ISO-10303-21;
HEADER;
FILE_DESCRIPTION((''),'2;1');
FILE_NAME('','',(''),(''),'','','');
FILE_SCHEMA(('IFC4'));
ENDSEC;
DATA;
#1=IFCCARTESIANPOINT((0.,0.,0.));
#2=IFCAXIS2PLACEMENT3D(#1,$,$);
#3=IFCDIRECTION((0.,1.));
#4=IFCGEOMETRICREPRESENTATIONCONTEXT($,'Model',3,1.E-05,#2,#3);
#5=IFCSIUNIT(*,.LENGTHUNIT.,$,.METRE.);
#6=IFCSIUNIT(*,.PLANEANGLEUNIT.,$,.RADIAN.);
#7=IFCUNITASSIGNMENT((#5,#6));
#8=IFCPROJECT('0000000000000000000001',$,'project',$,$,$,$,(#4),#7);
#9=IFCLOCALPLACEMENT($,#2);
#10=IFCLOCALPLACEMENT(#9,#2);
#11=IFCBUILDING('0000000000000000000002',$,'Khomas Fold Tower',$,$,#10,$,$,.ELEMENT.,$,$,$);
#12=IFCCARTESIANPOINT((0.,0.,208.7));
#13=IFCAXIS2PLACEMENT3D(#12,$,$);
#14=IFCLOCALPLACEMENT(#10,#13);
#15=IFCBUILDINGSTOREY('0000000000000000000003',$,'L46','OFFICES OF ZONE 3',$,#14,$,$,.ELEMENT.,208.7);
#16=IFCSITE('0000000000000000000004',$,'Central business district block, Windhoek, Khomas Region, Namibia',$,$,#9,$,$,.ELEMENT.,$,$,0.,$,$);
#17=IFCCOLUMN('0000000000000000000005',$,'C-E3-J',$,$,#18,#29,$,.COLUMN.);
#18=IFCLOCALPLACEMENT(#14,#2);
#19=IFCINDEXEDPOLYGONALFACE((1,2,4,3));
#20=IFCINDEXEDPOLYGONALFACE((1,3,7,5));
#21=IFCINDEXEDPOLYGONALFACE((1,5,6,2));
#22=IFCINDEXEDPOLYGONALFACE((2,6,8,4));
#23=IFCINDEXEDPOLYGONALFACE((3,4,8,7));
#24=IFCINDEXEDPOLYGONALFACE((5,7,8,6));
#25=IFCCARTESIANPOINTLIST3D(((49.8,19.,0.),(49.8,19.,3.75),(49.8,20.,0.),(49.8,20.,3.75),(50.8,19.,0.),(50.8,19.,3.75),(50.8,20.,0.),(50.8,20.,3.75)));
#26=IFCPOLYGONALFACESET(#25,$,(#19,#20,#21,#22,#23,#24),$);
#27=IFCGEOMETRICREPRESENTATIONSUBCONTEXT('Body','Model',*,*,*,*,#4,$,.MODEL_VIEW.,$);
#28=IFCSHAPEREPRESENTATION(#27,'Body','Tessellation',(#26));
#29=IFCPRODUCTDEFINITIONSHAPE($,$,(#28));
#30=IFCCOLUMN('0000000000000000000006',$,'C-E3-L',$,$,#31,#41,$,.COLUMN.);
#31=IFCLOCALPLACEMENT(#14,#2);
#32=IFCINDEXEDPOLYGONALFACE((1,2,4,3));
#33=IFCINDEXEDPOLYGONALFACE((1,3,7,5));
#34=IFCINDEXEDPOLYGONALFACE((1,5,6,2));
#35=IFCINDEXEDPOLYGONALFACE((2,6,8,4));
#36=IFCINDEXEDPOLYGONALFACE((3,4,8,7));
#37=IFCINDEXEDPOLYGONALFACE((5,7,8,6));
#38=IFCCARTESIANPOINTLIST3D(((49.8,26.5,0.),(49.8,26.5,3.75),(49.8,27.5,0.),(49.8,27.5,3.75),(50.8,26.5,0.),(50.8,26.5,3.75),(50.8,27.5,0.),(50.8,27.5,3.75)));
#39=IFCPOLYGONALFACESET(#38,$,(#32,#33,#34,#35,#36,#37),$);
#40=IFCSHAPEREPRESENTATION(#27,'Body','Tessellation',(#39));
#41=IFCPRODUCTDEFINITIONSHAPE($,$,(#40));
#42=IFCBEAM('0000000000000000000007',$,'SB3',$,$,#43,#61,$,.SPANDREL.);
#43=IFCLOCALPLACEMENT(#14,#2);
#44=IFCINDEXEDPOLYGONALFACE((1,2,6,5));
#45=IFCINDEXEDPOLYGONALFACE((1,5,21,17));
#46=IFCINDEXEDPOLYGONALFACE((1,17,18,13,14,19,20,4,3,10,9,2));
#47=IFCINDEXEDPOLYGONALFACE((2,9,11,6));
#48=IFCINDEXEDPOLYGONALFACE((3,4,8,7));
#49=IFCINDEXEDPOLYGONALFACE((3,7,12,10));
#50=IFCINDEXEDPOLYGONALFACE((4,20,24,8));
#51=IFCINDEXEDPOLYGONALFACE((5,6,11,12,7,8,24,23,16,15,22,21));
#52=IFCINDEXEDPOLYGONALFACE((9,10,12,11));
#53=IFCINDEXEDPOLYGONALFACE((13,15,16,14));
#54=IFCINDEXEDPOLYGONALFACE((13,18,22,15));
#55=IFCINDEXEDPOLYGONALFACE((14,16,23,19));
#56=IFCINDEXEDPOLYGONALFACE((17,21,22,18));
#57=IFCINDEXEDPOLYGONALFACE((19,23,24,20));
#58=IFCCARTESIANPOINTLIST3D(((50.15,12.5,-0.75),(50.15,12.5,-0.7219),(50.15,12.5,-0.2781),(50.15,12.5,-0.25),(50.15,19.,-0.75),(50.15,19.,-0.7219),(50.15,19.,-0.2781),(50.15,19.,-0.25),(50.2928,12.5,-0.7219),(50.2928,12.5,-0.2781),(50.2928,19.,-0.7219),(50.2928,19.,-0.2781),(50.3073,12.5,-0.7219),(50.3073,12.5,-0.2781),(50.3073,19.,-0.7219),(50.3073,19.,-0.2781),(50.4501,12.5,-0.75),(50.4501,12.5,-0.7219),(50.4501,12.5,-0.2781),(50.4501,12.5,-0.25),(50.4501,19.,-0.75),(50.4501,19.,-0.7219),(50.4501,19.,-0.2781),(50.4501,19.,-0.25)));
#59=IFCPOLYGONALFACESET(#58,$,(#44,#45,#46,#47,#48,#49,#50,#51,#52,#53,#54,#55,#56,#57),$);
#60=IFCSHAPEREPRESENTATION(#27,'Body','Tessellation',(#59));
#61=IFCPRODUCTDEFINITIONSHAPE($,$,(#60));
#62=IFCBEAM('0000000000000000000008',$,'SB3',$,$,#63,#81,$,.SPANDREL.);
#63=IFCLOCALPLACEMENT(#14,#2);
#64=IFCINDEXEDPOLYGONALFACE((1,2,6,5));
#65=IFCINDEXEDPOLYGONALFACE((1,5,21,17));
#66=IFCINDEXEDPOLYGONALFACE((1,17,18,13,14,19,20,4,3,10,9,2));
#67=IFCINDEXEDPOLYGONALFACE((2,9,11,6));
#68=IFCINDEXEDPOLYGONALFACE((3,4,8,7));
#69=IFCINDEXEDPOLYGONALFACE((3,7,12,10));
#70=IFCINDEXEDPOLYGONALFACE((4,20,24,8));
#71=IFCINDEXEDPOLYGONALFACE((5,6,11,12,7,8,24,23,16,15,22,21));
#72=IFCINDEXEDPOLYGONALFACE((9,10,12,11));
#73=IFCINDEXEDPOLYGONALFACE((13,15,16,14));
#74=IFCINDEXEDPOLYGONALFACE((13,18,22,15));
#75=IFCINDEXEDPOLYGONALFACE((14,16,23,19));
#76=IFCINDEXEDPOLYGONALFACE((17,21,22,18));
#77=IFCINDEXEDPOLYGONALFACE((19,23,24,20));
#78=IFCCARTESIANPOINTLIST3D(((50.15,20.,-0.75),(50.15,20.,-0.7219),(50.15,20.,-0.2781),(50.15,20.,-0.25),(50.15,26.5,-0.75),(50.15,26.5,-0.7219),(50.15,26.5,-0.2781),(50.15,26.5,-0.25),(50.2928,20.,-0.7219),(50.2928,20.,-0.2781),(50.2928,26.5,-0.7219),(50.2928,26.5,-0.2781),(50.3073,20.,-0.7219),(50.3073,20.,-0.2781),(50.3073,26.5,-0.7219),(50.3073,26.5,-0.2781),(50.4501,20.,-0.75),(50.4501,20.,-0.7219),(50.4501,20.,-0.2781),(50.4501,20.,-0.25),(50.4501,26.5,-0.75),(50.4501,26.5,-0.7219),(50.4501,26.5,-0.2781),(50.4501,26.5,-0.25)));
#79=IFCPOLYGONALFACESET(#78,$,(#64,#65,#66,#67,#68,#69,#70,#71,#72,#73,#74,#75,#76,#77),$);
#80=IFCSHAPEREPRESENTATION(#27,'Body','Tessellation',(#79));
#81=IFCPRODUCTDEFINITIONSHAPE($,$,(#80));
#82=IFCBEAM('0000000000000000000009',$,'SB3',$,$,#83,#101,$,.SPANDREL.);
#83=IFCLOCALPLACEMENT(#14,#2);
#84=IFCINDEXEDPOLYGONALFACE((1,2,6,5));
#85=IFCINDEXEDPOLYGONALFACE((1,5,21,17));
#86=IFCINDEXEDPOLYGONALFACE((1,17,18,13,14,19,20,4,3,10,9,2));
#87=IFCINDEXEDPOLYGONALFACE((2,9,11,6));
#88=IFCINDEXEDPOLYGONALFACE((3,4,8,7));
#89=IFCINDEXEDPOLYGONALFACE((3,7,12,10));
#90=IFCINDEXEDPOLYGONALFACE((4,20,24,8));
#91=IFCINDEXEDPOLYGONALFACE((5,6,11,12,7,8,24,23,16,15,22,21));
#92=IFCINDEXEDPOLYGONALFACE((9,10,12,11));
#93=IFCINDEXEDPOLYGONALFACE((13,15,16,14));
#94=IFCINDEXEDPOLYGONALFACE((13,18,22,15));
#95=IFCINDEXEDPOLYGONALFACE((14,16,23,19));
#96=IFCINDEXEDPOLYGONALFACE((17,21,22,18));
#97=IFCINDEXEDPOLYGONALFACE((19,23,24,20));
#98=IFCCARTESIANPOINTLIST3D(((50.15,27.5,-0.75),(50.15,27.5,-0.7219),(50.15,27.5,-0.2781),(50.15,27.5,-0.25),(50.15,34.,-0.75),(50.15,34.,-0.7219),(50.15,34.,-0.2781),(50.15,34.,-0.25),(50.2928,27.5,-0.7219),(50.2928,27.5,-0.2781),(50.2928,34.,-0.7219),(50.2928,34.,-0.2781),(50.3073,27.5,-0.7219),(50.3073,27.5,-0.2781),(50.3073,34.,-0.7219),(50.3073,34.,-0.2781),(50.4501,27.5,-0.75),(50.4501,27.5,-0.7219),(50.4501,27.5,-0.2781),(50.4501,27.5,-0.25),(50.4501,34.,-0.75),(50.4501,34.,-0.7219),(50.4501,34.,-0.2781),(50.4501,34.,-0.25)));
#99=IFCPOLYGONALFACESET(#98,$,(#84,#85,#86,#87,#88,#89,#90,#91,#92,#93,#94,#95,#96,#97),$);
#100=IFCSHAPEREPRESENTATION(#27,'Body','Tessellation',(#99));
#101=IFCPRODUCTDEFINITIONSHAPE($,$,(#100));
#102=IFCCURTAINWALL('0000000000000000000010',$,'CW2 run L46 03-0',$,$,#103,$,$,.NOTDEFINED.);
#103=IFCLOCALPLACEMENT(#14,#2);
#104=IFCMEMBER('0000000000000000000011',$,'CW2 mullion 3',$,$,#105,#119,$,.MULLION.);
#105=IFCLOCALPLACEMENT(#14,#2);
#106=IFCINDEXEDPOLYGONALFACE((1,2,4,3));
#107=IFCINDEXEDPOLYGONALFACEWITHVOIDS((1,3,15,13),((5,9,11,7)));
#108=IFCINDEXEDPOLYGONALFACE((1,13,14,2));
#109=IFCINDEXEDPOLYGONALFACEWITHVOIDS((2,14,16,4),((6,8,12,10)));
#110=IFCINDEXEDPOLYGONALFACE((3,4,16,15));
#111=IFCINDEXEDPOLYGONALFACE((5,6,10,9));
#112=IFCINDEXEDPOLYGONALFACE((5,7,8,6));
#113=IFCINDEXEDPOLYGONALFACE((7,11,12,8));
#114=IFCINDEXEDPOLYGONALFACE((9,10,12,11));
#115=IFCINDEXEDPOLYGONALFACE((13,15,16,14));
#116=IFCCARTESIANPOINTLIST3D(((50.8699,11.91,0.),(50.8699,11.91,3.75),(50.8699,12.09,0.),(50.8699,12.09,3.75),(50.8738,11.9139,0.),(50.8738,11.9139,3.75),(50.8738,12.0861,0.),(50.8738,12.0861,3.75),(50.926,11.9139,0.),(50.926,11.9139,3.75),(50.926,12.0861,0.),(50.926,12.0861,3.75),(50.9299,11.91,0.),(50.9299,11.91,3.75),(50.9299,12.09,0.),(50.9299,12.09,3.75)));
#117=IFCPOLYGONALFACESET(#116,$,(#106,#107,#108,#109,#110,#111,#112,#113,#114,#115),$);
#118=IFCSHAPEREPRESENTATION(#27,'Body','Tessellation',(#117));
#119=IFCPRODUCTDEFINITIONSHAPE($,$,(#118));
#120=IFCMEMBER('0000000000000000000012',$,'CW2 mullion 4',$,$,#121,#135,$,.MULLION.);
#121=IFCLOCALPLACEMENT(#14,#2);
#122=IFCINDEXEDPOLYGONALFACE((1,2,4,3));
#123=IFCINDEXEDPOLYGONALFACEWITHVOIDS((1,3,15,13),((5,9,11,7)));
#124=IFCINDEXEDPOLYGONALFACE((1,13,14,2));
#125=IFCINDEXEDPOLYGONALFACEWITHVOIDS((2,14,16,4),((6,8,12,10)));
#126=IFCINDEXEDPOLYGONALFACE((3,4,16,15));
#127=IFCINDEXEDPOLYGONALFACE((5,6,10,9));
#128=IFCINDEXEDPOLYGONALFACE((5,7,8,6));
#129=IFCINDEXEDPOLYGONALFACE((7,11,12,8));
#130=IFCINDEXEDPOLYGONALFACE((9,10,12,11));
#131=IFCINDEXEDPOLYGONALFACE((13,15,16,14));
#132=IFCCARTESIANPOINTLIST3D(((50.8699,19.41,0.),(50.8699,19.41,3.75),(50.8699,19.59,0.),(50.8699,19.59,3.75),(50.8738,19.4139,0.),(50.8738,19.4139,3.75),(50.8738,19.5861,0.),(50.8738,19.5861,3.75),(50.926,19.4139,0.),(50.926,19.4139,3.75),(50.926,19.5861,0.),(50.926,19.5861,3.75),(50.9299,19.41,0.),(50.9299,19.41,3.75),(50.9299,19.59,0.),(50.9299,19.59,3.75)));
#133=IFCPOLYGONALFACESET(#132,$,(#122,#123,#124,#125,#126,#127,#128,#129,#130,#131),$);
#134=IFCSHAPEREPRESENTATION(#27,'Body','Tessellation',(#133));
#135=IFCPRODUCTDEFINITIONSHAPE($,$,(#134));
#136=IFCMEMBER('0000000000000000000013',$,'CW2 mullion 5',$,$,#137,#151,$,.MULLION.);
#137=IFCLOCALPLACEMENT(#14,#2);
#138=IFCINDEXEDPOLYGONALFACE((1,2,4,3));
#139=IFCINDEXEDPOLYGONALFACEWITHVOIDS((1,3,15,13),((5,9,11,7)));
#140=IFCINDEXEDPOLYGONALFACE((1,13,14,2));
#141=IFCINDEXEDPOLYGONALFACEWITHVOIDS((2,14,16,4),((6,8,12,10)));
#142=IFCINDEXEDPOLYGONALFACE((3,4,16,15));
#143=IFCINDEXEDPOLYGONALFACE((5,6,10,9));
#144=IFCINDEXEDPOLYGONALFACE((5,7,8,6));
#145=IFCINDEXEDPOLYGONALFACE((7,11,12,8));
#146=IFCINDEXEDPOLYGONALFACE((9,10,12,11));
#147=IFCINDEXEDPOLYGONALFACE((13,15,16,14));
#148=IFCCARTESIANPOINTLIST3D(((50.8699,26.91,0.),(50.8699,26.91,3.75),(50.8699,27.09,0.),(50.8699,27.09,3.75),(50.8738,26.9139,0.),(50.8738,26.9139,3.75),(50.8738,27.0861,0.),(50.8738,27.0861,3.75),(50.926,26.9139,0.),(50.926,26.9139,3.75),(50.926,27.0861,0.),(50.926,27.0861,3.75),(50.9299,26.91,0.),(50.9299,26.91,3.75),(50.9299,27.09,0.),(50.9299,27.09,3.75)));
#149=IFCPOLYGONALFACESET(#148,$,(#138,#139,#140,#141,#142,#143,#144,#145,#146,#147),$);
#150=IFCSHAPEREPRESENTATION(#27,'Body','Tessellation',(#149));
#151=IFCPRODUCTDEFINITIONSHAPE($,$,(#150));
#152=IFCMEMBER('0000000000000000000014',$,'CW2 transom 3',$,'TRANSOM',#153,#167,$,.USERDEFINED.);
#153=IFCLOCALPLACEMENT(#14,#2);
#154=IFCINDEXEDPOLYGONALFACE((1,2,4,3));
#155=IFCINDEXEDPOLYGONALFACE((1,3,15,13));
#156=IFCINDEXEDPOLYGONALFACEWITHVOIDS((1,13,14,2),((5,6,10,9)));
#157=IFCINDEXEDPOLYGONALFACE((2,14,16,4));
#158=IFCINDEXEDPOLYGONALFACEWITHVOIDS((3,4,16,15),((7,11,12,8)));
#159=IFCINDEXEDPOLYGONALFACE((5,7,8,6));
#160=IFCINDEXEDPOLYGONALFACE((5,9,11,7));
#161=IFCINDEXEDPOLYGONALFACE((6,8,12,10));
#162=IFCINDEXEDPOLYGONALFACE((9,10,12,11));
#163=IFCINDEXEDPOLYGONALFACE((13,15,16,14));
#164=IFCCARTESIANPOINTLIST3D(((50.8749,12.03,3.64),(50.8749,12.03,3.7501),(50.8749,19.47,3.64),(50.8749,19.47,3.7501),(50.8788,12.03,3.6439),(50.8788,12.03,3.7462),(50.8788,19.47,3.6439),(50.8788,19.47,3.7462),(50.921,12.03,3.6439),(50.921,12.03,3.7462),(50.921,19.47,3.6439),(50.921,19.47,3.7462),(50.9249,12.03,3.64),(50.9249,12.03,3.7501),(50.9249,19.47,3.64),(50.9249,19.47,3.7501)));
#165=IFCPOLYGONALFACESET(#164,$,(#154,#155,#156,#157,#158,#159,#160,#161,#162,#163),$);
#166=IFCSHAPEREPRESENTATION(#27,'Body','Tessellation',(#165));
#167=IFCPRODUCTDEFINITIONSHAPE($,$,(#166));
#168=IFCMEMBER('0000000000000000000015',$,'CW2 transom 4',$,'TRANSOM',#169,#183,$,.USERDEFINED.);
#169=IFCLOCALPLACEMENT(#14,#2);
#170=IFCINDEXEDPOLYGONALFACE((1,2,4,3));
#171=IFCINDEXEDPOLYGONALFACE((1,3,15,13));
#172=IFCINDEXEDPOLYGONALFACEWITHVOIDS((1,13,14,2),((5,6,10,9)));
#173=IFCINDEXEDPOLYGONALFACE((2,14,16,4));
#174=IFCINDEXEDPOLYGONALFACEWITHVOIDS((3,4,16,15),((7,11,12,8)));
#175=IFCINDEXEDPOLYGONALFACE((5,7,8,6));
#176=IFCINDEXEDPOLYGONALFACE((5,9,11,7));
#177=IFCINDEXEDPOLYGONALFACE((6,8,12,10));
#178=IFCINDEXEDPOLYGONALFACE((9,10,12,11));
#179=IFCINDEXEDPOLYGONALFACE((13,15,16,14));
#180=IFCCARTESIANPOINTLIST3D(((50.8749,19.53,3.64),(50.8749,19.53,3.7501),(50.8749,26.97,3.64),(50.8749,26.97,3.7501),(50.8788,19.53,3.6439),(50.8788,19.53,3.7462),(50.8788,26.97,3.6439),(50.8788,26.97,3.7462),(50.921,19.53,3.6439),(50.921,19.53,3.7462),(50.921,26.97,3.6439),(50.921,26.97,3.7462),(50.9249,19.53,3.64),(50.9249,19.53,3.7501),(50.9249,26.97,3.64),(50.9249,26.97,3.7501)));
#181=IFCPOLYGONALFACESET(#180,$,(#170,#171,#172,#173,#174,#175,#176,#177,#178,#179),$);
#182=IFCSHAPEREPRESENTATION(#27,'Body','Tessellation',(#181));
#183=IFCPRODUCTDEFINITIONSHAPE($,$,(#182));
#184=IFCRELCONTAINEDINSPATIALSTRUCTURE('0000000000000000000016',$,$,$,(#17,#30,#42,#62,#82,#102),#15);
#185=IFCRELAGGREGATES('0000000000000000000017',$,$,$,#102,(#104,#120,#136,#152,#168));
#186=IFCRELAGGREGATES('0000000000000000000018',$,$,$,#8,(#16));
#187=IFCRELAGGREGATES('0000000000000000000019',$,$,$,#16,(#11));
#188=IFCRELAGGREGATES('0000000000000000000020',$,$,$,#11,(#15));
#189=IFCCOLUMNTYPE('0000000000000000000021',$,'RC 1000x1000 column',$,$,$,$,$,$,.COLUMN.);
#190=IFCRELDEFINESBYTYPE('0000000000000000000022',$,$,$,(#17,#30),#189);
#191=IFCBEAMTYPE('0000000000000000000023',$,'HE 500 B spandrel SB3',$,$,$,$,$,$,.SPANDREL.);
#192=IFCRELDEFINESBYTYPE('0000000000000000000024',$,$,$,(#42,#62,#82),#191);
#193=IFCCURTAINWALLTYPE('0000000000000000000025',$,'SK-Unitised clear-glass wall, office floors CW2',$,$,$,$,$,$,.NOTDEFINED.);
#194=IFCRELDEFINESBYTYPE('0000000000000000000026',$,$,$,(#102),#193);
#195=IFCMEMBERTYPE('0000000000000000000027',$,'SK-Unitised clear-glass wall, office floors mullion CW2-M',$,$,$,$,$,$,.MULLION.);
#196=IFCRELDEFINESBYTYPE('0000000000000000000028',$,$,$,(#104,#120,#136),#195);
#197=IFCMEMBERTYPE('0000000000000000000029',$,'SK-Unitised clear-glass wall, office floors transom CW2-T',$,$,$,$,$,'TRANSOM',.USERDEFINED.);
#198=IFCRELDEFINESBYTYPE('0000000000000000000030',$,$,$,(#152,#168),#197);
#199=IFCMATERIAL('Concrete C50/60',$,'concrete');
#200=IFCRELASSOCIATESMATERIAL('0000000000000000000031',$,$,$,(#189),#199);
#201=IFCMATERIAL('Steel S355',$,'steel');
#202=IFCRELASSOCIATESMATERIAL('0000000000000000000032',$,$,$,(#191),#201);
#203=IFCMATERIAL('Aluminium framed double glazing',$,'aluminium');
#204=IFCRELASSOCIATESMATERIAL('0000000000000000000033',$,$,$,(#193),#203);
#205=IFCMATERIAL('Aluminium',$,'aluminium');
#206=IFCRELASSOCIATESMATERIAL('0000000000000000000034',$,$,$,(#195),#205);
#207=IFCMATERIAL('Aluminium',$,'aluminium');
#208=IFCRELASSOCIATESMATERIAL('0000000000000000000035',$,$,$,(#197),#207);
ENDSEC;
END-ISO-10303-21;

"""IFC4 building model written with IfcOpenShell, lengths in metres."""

from ifc_helpers import new_model, si_unit, direction, frame, origin, origin_2d, place, context, subcontext, project, spatial, rectangle, hollow_rectangle, i_section, extrude, source, transform, mapped, material, material_profile, profile_set, type_object, element, aggregate, save


model = new_model("IFC4")

# Units and contexts
model_context = context("Model", 3, precision=1e-05, world=origin(), true_north=direction((0.0, 1.0)))
body_context = subcontext(model_context, "Body", "Model", "MODEL_VIEW")
ifc_project = project(units=[si_unit("LENGTHUNIT", "METRE"), si_unit("PLANEANGLEUNIT", "RADIAN")], contexts=[model_context])

# Site, building, storey
site_placement = place(None, origin())
site = spatial("IfcSite", under=ifc_project, at=site_placement, Name="Central business district block, Windhoek, Khomas Region, Namibia", CompositionType="ELEMENT", RefElevation=0.0)
building_placement = place(site_placement, origin())
building = spatial("IfcBuilding", under=site, at=building_placement, Name="Khomas Fold Tower", CompositionType="ELEMENT")
storey_placement = place(building_placement, frame((0.0, 0.0, 208.7)))
storey = spatial("IfcBuildingStorey", under=building, at=storey_placement, Name="L46", Description="OFFICES OF ZONE 3", CompositionType="ELEMENT", Elevation=208.7)

# Columns
ifc_material_1 = material(Name="Concrete C50/60", Category="concrete")
ifc_material_profile_1 = material_profile(ifc_material_1, rectangle(XDim=1.0, YDim=1.0, at=origin_2d()), Name="RC 1000x1000")
ifc_profile_set_1 = profile_set([ifc_material_profile_1], Name="Concrete C50/60")
column_type = type_object("IfcColumnType", Name="RC 1000x1000 column", PredefinedType="COLUMN", material=ifc_profile_set_1)
shared_shape_1 = source(origin(), body_context, "Body", "SweptSolid", [
    extrude(rectangle(XDim=1.0, YDim=1.0, at=origin_2d()), origin(), (0.0, 0.0, 1.0), 3.75),
])
for number, where, z_axis, x_axis, name in (
    (1, (50.3, 19.5, 0.0), (0.0, 0.0, 1.0), (1.0, 0.0, 0.0), "C-E3-J"),
    (2, (50.3, 27.0, 0.0), (0.0, 0.0, 1.0), (1.0, 0.0, 0.0), "C-E3-L"),
):
    element("IfcColumn", number, at=place(storey_placement, frame(where, z_axis=z_axis, x_axis=x_axis)), inside=storey, type_object=column_type, Name=name, PredefinedType="COLUMN", context=body_context, shape_type="MappedRepresentation", body=[
        mapped(shared_shape_1, transform((0.0, 0.0, 0.0))),
    ])

# Beams
ifc_material_2 = material(Name="Steel S355", Category="steel")
ifc_material_profile_2 = material_profile(ifc_material_2, i_section(OverallWidth=0.3, OverallDepth=0.5, WebThickness=0.0144, FlangeThickness=0.0281, at=origin_2d()), Name="HE 500 B")
ifc_profile_set_2 = profile_set([ifc_material_profile_2], Name="Steel S355")
beam_type = type_object("IfcBeamType", Name="HE 500 B spandrel SB3", PredefinedType="SPANDREL", material=ifc_profile_set_2)
shared_shape_2 = source(origin(), body_context, "Body", "SweptSolid", [
    extrude(i_section(OverallWidth=0.3, OverallDepth=0.5, WebThickness=0.0144, FlangeThickness=0.0281, at=origin_2d()), origin(), (0.0, 0.0, 1.0), 6.5),
])
for number, where, z_axis, x_axis, name in (
    (3, (50.3, 12.5, -0.5), (0.0, 1.0, 0.0), (-1.0, 0.0, 0.0), "SB3"),
    (4, (50.3, 20.0, -0.5), (0.0, 1.0, 0.0), (-1.0, 0.0, 0.0), "SB3"),
    (5, (50.3, 27.5, -0.5), (0.0, 1.0, 0.0), (-1.0, 0.0, 0.0), "SB3"),
):
    element("IfcBeam", number, at=place(storey_placement, frame(where, z_axis=z_axis, x_axis=x_axis)), inside=storey, type_object=beam_type, Name=name, PredefinedType="SPANDREL", context=body_context, shape_type="MappedRepresentation", body=[
        mapped(shared_shape_2, transform((0.0, 0.0, 0.0))),
    ])

# Curtain wall, members
ifc_material_3 = material(Name="Aluminium framed double glazing", Category="aluminium")
curtain_wall_type = type_object("IfcCurtainWallType", Name="SK-Unitised clear-glass wall, office floors CW2", PredefinedType="NOTDEFINED", material=ifc_material_3)
curtain_wall_placement = place(storey_placement, origin())
curtain_wall = element("IfcCurtainWall", 6, at=curtain_wall_placement, inside=storey, type_object=curtain_wall_type, Name="CW2 run L46 03-0", PredefinedType="NOTDEFINED")
ifc_material_4 = material(Name="Aluminium", Category="aluminium")
ifc_material_profile_3 = material_profile(ifc_material_4, hollow_rectangle(XDim=0.0601, YDim=0.1799, WallThickness=0.0039, at=origin_2d()), Name="SK-Unitised clear-glass wall, office floors mullion CW2-M")
ifc_profile_set_3 = profile_set([ifc_material_profile_3], Name="Aluminium")
member_type_1 = type_object("IfcMemberType", Name="SK-Unitised clear-glass wall, office floors mullion CW2-M", PredefinedType="MULLION", material=ifc_profile_set_3)
shared_shape_3 = source(origin(), body_context, "Body", "SweptSolid", [
    extrude(hollow_rectangle(XDim=0.0601, YDim=0.1799, WallThickness=0.0039, at=origin_2d()), origin(), (0.0, 0.0, 1.0), 3.75),
])
member_1_placement = place(storey_placement, frame((50.8999, 12.0, 0.0), z_axis=(0.0, 0.0, 1.0), x_axis=(-1.0, 0.0, 0.0)))
member_1 = element("IfcMember", 7, at=member_1_placement, type_object=member_type_1, Name="CW2 mullion 3", PredefinedType="MULLION", context=body_context, shape_type="MappedRepresentation", body=[
    mapped(shared_shape_3, transform((0.0, 0.0, 0.0))),
])
member_2_placement = place(storey_placement, frame((50.8999, 19.5, 0.0), z_axis=(0.0, 0.0, 1.0), x_axis=(-1.0, 0.0, 0.0)))
member_2 = element("IfcMember", 8, at=member_2_placement, type_object=member_type_1, Name="CW2 mullion 4", PredefinedType="MULLION", context=body_context, shape_type="MappedRepresentation", body=[
    mapped(shared_shape_3, transform((0.0, 0.0, 0.0))),
])
member_3_placement = place(storey_placement, frame((50.8999, 27.0, 0.0), z_axis=(0.0, 0.0, 1.0), x_axis=(-1.0, 0.0, 0.0)))
member_3 = element("IfcMember", 9, at=member_3_placement, type_object=member_type_1, Name="CW2 mullion 5", PredefinedType="MULLION", context=body_context, shape_type="MappedRepresentation", body=[
    mapped(shared_shape_3, transform((0.0, 0.0, 0.0))),
])
ifc_material_5 = material(Name="Aluminium", Category="aluminium")
ifc_material_profile_4 = material_profile(ifc_material_5, hollow_rectangle(XDim=0.05, YDim=0.1101, WallThickness=0.0039, at=origin_2d()), Name="SK-Unitised clear-glass wall, office floors transom CW2-T")
ifc_profile_set_4 = profile_set([ifc_material_profile_4], Name="Aluminium")
member_type_2 = type_object("IfcMemberType", Name="SK-Unitised clear-glass wall, office floors transom CW2-T", ElementType="TRANSOM", PredefinedType="USERDEFINED", material=ifc_profile_set_4)
shared_shape_4 = source(origin(), body_context, "Body", "SweptSolid", [
    extrude(hollow_rectangle(XDim=0.05, YDim=0.1101, WallThickness=0.0039, at=origin_2d()), origin(), (0.0, 0.0, 1.0), 7.4399),
])
member_4_placement = place(storey_placement, frame((50.8999, 12.03, 3.6951), z_axis=(0.0, 1.0, 0.0), x_axis=(-1.0, 0.0, 0.0)))
member_4 = element("IfcMember", 10, at=member_4_placement, type_object=member_type_2, Name="CW2 transom 3", ObjectType="TRANSOM", PredefinedType="USERDEFINED", context=body_context, shape_type="MappedRepresentation", body=[
    mapped(shared_shape_4, transform((0.0, 0.0, 0.0))),
])
member_5_placement = place(storey_placement, frame((50.8999, 19.53, 3.6951), z_axis=(0.0, 1.0, 0.0), x_axis=(-1.0, 0.0, 0.0)))
member_5 = element("IfcMember", 11, at=member_5_placement, type_object=member_type_2, Name="CW2 transom 4", ObjectType="TRANSOM", PredefinedType="USERDEFINED", context=body_context, shape_type="MappedRepresentation", body=[
    mapped(shared_shape_4, transform((0.0, 0.0, 0.0))),
])

aggregate(curtain_wall, [member_1, member_2, member_3, member_4, member_5])

save(model, "model.ifc")
